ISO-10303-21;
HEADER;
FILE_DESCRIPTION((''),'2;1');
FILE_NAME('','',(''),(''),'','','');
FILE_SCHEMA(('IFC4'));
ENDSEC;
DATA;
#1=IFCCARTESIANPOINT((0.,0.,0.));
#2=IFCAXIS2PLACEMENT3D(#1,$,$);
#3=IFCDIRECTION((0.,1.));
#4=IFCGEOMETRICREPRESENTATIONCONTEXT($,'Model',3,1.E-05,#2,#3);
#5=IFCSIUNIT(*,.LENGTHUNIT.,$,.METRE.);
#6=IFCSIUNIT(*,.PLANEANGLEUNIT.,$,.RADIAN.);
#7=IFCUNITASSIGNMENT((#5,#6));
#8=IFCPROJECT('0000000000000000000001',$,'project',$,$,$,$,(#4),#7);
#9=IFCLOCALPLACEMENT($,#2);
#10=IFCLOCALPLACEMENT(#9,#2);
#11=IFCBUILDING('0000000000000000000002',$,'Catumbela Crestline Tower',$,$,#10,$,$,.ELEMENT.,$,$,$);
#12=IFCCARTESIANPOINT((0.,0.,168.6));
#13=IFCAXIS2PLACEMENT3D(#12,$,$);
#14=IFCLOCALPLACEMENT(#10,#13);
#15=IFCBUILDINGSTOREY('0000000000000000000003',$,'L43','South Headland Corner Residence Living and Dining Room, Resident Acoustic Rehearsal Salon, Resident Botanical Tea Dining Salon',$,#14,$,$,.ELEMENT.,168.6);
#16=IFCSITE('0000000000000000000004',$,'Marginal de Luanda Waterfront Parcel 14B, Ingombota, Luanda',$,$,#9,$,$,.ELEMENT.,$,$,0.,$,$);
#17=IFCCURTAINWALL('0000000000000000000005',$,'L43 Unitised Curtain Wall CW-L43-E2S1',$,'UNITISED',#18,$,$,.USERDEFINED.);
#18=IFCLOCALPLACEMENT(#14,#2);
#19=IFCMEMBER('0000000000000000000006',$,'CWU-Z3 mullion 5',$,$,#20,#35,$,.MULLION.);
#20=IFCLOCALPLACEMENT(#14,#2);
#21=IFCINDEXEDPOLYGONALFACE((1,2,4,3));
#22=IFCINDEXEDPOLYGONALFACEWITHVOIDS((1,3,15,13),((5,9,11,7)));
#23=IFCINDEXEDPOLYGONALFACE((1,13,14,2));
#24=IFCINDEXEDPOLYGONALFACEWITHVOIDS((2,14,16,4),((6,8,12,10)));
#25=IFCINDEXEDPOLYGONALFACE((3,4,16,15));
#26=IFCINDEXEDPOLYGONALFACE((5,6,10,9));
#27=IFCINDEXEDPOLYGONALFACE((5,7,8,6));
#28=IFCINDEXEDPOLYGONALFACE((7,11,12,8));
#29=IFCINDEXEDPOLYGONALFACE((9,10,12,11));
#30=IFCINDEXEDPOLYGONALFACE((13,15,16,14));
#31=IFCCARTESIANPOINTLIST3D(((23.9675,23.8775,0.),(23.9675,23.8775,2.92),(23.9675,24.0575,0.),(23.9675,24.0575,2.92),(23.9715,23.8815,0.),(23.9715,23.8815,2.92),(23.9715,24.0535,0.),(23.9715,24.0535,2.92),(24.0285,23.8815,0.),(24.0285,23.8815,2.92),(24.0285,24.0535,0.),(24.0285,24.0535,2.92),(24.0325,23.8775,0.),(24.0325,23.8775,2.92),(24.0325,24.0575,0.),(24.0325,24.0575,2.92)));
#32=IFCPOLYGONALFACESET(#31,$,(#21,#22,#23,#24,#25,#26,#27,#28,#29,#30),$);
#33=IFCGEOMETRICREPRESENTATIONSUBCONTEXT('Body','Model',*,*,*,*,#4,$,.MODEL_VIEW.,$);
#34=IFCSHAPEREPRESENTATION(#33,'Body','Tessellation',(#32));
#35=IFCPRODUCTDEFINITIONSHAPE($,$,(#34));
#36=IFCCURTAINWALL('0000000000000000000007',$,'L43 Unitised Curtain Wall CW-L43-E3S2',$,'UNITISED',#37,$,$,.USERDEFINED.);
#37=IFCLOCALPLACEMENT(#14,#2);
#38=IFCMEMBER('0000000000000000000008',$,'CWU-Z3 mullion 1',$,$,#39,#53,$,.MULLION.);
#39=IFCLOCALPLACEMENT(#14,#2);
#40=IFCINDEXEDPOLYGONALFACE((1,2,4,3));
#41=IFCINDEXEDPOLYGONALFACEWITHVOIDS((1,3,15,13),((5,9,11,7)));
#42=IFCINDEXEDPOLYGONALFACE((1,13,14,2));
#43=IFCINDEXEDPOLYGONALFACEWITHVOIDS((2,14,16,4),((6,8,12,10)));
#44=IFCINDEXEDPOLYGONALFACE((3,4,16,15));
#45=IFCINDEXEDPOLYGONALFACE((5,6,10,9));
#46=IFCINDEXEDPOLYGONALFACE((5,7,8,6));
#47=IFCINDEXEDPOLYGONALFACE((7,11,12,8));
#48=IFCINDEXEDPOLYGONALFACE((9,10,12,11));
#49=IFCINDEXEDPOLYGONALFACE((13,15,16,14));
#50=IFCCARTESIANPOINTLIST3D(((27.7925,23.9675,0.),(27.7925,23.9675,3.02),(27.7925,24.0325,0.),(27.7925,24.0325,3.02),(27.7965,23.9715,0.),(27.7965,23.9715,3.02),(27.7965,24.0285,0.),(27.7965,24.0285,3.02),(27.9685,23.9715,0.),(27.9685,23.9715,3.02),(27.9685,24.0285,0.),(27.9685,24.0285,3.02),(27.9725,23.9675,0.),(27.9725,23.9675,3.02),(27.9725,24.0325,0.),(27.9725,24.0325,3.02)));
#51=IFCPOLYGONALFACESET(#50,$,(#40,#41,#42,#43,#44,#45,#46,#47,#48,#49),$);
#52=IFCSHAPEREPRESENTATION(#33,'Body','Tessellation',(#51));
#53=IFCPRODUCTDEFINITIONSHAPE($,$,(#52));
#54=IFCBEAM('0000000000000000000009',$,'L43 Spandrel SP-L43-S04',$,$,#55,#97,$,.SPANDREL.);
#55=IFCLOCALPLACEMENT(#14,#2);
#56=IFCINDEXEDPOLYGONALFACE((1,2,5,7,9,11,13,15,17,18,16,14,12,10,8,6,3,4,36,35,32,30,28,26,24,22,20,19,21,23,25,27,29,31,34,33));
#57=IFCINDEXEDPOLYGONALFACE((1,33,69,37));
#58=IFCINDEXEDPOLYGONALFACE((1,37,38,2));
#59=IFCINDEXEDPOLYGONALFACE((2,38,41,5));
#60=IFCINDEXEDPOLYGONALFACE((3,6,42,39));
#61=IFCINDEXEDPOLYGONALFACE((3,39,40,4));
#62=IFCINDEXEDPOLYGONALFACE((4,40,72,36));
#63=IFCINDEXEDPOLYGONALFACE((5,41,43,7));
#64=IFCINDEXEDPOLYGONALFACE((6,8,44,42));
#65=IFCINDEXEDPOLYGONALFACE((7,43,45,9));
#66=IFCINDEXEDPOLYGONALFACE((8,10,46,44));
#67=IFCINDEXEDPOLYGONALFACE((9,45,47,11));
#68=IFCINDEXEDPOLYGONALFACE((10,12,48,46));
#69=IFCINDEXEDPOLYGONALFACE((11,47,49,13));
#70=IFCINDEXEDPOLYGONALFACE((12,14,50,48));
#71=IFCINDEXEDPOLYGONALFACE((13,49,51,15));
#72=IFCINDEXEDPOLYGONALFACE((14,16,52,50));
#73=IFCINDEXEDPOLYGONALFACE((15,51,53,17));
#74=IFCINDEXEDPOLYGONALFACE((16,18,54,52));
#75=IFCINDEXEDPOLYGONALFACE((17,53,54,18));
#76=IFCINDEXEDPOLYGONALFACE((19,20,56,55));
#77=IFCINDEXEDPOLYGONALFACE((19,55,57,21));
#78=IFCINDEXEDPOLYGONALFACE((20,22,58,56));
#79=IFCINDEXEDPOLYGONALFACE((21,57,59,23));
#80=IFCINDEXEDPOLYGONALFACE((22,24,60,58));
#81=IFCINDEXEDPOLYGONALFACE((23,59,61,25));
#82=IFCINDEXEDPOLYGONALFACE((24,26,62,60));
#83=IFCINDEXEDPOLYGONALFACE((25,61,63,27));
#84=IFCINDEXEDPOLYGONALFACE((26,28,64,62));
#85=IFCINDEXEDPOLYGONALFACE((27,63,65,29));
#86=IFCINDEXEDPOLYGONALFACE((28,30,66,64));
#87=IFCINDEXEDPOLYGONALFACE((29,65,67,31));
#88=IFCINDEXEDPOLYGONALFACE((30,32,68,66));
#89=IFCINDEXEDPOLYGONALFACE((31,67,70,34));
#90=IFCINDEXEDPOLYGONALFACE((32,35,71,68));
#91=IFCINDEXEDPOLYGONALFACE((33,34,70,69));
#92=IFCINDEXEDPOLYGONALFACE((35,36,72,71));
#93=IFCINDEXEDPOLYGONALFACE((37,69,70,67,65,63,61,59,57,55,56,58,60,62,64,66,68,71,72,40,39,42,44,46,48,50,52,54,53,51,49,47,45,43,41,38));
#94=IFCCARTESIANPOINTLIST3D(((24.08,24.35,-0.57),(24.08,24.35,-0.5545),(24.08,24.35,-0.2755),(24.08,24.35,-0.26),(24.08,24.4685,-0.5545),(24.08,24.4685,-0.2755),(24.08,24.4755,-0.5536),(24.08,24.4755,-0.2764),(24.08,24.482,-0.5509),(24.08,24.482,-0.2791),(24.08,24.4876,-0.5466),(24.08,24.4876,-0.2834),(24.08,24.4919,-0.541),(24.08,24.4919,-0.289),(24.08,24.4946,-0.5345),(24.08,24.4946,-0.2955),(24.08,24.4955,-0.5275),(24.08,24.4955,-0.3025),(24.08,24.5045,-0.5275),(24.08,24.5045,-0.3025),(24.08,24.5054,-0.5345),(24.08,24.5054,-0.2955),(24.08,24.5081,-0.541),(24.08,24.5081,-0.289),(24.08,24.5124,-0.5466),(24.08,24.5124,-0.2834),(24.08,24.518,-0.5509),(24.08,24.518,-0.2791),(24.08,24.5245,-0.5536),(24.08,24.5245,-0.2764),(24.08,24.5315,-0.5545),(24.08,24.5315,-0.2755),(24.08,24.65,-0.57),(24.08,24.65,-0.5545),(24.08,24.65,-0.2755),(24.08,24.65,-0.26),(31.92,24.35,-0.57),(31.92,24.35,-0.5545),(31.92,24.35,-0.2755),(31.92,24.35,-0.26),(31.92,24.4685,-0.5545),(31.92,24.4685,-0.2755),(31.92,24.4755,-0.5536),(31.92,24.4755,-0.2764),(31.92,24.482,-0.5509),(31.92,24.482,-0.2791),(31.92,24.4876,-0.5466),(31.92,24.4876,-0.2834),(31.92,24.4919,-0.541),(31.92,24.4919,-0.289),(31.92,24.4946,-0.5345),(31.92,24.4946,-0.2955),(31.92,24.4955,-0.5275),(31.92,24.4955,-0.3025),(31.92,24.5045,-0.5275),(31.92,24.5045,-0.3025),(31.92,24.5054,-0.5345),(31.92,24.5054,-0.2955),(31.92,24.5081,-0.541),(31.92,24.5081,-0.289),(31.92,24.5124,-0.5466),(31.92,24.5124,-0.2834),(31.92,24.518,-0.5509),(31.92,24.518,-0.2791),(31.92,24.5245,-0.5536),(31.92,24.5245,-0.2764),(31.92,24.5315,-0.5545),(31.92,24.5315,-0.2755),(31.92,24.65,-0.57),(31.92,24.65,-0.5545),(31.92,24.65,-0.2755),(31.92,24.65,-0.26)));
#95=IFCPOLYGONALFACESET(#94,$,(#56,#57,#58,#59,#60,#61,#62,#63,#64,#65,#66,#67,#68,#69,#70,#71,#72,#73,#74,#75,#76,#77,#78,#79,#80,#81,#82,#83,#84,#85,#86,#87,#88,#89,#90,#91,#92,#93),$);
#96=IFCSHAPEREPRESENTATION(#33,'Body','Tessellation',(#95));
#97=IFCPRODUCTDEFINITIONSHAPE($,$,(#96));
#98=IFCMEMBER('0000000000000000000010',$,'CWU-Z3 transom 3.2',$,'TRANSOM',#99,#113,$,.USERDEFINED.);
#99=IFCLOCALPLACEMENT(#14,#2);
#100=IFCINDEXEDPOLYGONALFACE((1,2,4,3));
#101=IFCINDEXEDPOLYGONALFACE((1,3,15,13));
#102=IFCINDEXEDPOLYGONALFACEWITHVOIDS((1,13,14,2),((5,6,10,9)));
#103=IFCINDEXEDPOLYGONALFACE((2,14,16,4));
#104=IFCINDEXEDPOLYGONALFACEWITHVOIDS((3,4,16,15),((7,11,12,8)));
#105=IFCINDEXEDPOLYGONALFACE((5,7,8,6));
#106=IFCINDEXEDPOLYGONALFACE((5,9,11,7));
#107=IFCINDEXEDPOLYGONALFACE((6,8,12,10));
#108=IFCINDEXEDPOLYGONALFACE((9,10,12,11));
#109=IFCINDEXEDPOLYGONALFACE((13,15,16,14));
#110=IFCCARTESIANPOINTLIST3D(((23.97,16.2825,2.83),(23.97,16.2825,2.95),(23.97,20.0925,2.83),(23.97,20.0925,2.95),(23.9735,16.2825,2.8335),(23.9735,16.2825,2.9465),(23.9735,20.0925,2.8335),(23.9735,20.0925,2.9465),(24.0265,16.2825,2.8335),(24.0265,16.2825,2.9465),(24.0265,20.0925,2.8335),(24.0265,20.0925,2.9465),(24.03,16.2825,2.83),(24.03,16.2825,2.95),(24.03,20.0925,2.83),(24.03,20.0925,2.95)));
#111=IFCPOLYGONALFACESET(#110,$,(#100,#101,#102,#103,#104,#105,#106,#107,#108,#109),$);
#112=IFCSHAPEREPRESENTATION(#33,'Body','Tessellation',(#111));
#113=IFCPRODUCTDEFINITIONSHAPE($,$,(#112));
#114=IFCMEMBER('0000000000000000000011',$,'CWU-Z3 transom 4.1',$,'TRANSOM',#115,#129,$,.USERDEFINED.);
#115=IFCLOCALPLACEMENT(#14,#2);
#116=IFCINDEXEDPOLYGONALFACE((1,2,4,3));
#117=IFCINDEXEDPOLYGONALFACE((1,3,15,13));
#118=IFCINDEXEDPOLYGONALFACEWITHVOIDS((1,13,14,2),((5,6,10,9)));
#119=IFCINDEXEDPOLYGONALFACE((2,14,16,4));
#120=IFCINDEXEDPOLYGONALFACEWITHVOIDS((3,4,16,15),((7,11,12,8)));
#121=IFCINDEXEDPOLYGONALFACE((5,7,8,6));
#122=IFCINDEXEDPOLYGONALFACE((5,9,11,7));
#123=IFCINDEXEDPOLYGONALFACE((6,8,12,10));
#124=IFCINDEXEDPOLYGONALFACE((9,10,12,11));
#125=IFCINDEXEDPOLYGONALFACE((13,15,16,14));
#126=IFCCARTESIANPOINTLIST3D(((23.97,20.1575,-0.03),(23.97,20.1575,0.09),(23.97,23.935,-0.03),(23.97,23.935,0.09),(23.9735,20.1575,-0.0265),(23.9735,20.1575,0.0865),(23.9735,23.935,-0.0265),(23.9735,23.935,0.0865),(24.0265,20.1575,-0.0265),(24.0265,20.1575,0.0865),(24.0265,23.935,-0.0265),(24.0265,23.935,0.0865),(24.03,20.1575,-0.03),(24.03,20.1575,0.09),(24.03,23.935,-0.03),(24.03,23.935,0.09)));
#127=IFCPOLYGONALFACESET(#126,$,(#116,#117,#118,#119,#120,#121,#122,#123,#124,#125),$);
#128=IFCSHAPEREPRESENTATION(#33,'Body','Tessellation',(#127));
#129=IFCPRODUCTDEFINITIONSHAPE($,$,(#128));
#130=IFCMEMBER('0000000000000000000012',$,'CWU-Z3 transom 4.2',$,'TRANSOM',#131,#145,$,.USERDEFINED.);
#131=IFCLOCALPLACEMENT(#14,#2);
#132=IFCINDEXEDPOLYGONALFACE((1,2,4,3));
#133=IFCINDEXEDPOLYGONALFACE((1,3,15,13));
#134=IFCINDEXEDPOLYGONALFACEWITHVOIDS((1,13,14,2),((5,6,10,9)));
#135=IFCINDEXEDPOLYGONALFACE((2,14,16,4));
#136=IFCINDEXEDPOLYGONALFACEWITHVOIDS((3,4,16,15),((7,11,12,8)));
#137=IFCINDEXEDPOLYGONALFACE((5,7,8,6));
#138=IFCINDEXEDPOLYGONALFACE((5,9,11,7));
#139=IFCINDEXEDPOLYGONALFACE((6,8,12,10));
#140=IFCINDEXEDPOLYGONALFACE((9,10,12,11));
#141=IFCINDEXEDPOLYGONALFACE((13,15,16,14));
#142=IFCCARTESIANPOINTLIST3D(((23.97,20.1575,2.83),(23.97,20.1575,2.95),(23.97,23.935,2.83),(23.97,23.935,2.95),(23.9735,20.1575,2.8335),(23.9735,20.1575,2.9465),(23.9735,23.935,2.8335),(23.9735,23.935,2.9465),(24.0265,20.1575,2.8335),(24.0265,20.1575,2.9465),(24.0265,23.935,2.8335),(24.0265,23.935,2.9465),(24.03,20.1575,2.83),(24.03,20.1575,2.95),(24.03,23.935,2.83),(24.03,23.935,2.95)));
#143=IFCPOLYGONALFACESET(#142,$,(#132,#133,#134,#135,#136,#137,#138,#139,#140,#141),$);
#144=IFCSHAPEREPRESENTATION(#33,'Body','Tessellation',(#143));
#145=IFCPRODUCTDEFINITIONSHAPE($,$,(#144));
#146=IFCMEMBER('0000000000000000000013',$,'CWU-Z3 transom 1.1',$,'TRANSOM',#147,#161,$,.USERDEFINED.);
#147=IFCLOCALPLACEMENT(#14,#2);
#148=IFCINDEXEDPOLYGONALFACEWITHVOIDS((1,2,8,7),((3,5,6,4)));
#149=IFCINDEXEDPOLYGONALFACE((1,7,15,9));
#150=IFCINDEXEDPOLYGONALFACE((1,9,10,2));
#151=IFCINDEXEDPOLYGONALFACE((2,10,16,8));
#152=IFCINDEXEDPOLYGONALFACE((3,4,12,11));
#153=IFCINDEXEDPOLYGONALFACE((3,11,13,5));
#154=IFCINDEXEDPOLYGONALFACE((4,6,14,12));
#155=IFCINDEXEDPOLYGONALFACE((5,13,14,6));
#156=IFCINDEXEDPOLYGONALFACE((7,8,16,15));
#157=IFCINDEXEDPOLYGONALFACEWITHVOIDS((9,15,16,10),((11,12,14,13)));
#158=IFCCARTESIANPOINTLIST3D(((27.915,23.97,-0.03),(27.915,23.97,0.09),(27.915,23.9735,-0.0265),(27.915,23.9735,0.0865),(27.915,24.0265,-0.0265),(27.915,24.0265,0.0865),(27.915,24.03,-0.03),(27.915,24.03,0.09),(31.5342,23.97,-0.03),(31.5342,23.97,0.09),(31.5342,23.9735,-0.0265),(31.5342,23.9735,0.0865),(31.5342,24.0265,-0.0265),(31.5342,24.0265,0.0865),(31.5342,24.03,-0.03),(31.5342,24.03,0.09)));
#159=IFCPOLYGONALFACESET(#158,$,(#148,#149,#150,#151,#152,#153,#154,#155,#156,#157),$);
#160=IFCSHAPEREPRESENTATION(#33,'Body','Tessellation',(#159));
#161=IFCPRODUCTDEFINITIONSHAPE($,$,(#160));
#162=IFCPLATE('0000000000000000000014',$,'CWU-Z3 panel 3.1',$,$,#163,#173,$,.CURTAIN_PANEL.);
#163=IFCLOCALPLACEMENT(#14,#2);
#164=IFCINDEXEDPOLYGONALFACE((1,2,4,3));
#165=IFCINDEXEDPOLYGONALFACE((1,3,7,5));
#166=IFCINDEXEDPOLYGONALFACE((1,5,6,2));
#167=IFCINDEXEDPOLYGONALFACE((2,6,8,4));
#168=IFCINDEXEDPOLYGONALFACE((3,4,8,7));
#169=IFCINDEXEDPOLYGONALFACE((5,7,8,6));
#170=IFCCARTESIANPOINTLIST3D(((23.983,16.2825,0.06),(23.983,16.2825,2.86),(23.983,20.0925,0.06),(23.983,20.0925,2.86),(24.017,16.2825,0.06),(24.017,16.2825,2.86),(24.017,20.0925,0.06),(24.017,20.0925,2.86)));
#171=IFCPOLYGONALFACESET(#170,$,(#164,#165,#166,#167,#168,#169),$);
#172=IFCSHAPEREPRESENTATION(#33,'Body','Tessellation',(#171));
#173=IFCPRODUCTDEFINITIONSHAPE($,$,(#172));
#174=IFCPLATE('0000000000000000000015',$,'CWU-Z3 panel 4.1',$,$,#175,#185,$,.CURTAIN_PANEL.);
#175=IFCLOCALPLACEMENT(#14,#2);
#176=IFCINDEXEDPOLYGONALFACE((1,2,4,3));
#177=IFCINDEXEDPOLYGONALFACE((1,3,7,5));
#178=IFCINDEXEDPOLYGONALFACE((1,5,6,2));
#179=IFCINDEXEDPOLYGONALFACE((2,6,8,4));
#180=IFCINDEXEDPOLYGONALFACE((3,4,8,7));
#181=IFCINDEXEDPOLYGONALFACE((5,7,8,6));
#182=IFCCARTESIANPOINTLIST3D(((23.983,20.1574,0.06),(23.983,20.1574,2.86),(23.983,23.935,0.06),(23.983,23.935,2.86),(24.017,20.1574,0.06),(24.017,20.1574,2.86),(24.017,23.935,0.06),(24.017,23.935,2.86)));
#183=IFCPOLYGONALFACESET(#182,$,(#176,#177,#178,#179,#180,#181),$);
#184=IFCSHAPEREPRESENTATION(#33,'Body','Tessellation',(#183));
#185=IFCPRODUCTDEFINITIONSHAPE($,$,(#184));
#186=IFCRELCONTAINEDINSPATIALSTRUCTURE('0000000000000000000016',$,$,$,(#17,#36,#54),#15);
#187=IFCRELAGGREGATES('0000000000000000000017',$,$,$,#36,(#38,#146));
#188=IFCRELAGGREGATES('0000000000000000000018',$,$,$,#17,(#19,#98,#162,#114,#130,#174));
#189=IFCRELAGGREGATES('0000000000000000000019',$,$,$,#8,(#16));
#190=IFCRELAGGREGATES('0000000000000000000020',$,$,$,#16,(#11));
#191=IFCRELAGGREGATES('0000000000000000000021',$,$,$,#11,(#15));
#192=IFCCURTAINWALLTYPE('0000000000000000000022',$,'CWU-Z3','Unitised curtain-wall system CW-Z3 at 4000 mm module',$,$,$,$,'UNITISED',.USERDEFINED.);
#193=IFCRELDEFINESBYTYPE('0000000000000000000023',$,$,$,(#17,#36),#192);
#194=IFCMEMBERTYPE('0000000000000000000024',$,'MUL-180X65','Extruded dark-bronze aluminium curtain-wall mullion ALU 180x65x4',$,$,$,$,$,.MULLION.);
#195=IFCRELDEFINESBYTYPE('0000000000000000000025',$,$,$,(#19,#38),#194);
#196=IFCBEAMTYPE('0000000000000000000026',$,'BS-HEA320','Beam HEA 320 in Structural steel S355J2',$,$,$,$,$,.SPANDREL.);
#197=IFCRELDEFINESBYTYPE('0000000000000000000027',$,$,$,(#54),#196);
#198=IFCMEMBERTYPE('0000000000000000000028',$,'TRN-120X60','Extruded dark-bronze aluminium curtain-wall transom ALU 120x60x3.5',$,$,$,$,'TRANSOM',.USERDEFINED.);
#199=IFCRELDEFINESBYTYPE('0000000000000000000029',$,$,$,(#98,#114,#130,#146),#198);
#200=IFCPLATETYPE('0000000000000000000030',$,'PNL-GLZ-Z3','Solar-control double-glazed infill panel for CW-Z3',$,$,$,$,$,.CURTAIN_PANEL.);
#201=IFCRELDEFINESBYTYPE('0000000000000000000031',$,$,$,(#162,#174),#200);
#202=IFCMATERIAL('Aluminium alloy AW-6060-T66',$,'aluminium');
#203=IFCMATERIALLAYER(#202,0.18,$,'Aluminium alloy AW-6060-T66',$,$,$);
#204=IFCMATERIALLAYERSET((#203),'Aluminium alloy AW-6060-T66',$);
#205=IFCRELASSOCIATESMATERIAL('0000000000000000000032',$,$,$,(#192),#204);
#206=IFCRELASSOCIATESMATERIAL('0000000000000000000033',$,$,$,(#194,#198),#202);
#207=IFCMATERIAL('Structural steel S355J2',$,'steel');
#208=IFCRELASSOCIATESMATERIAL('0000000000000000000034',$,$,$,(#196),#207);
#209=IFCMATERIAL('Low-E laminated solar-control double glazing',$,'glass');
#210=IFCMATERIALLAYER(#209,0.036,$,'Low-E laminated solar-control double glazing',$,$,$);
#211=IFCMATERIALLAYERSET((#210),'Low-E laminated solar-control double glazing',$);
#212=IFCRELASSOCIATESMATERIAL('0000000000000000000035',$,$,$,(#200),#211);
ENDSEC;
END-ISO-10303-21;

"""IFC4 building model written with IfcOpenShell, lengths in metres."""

from ifc_helpers import new_model, si_unit, direction, frame, origin, origin_2d, place, context, subcontext, project, spatial, rectangle, hollow_rectangle, i_section, extrude, material, layer, layer_set, material_profile, profile_set, type_object, element, aggregate, save


model = new_model("IFC4")

# Units and contexts
model_context = context("Model", 3, precision=1e-05, world=origin(), true_north=direction((0.0, 1.0)))
body_context = subcontext(model_context, "Body", "Model", "MODEL_VIEW")
ifc_project = project(units=[si_unit("LENGTHUNIT", "METRE"), si_unit("PLANEANGLEUNIT", "RADIAN")], contexts=[model_context])

# Site, building, storey
site_placement = place(None, origin())
site = spatial("IfcSite", under=ifc_project, at=site_placement, Name="Marginal de Luanda Waterfront Parcel 14B, Ingombota, Luanda", CompositionType="ELEMENT", RefElevation=0.0)
building_placement = place(site_placement, origin())
building = spatial("IfcBuilding", under=site, at=building_placement, Name="Catumbela Crestline Tower", CompositionType="ELEMENT")
storey_placement = place(building_placement, frame((0.0, 0.0, 168.6)))
storey = spatial("IfcBuildingStorey", under=building, at=storey_placement, Name="L43", Description="South Headland Corner Residence Living and Dining Room, Resident Acoustic Rehearsal Salon, Resident Botanical Tea Dining Salon", CompositionType="ELEMENT", Elevation=168.6)

# Shared definitions
ifc_material_1 = material(Name="Structural steel S355J2", Category="steel")

# Curtain wall, member
ifc_material_2 = material(Name="Aluminium alloy AW-6060-T66", Category="aluminium")
ifc_layer_1 = layer(ifc_material_2, 0.18, Name="Aluminium alloy AW-6060-T66")
ifc_layer_set_1 = layer_set([ifc_layer_1], Name="Aluminium alloy AW-6060-T66")
curtain_wall_type = type_object("IfcCurtainWallType", Name="CWU-Z3", Description="Unitised curtain-wall system CW-Z3 at 4000 mm module", ElementType="UNITISED", PredefinedType="USERDEFINED", material=ifc_layer_set_1)
curtain_wall_1_placement = place(storey_placement, origin())
curtain_wall_1 = element("IfcCurtainWall", 1, at=curtain_wall_1_placement, inside=storey, type_object=curtain_wall_type, Name="L43 Unitised Curtain Wall CW-L43-E2S1", ObjectType="UNITISED", PredefinedType="USERDEFINED")
ifc_material_profile_1 = material_profile(ifc_material_2, hollow_rectangle(XDim=0.065, YDim=0.18, WallThickness=0.004, at=origin_2d()), Name="ALU 180x65x4")
ifc_profile_set_1 = profile_set([ifc_material_profile_1], Name="Aluminium alloy AW-6060-T66")
member_type_1 = type_object("IfcMemberType", Name="MUL-180X65", Description="Extruded dark-bronze aluminium curtain-wall mullion ALU 180x65x4", PredefinedType="MULLION", material=ifc_profile_set_1)
member_1_placement = place(storey_placement, frame((24.0, 23.9675, 0.0), z_axis=(0.0, 0.0, 1.0), x_axis=(-1.0, 0.0, 0.0)))
member_1 = element("IfcMember", 2, at=member_1_placement, type_object=member_type_1, Name="CWU-Z3 mullion 5", PredefinedType="MULLION", context=body_context, shape_type="SweptSolid", body=[
    extrude(hollow_rectangle(XDim=0.065, YDim=0.18, WallThickness=0.004, at=origin_2d()), origin(), (0.0, 0.0, 1.0), 2.92),
])

# Curtain wall, member
curtain_wall_2_placement = place(storey_placement, origin())
curtain_wall_2 = element("IfcCurtainWall", 3, at=curtain_wall_2_placement, inside=storey, type_object=curtain_wall_type, Name="L43 Unitised Curtain Wall CW-L43-E3S2", ObjectType="UNITISED", PredefinedType="USERDEFINED")
member_2_placement = place(storey_placement, frame((27.8825, 24.0, 0.0), z_axis=(0.0, 0.0, 1.0), x_axis=(0.0, 1.0, 0.0)))
member_2 = element("IfcMember", 4, at=member_2_placement, type_object=member_type_1, Name="CWU-Z3 mullion 1", PredefinedType="MULLION", context=body_context, shape_type="SweptSolid", body=[
    extrude(hollow_rectangle(XDim=0.065, YDim=0.18, WallThickness=0.004, at=origin_2d()), origin(), (0.0, 0.0, 1.0), 3.02),
])

# Beam
ifc_material_profile_2 = material_profile(ifc_material_1, i_section(OverallWidth=0.3, OverallDepth=0.31, WebThickness=0.009, FlangeThickness=0.0155, FilletRadius=0.027, at=origin_2d()), Name="HEA 320")
ifc_profile_set_2 = profile_set([ifc_material_profile_2], Name="Structural steel S355J2")
beam_type_1 = type_object("IfcBeamType", Name="BS-HEA320", Description="Beam HEA 320 in Structural steel S355J2", PredefinedType="SPANDREL", material=ifc_profile_set_2)
beam_1_placement = place(storey_placement, frame((24.08, 24.5, -0.415), z_axis=(1.0, 0.0, 0.0), x_axis=(0.0, 1.0, 0.0)))
element("IfcBeam", 5, at=beam_1_placement, inside=storey, type_object=beam_type_1, Name="L43 Spandrel SP-L43-S04", PredefinedType="SPANDREL", context=body_context, shape_type="SweptSolid", body=[
    extrude(i_section(OverallWidth=0.3, OverallDepth=0.31, WebThickness=0.009, FlangeThickness=0.0155, FilletRadius=0.027, at=origin_2d()), origin(), (0.0, 0.0, 1.0), 7.84),
])

# Members
ifc_material_profile_3 = material_profile(ifc_material_2, hollow_rectangle(XDim=0.06, YDim=0.12, WallThickness=0.0035, at=origin_2d()), Name="ALU 120x60x3.5")
ifc_profile_set_3 = profile_set([ifc_material_profile_3], Name="Aluminium alloy AW-6060-T66")
member_type_2 = type_object("IfcMemberType", Name="TRN-120X60", Description="Extruded dark-bronze aluminium curtain-wall transom ALU 120x60x3.5", ElementType="TRANSOM", PredefinedType="USERDEFINED", material=ifc_profile_set_3)
member_3_placement = place(storey_placement, frame((24.0, 16.2825, 2.89), z_axis=(0.0, 1.0, 0.0), x_axis=(-1.0, 0.0, 0.0)))
member_3 = element("IfcMember", 6, at=member_3_placement, type_object=member_type_2, Name="CWU-Z3 transom 3.2", ObjectType="TRANSOM", PredefinedType="USERDEFINED", context=body_context, shape_type="SweptSolid", body=[
    extrude(hollow_rectangle(XDim=0.06, YDim=0.12, WallThickness=0.0035, at=origin_2d()), origin(), (0.0, 0.0, 1.0), 3.81),
])
member_4_placement = place(storey_placement, frame((24.0, 20.1575, 0.03), z_axis=(0.0, 1.0, 0.0), x_axis=(-1.0, 0.0, 0.0)))
member_4 = element("IfcMember", 7, at=member_4_placement, type_object=member_type_2, Name="CWU-Z3 transom 4.1", ObjectType="TRANSOM", PredefinedType="USERDEFINED", context=body_context, shape_type="SweptSolid", body=[
    extrude(hollow_rectangle(XDim=0.06, YDim=0.12, WallThickness=0.0035, at=origin_2d()), origin(), (0.0, 0.0, 1.0), 3.7775),
])
member_5_placement = place(storey_placement, frame((24.0, 20.1575, 2.89), z_axis=(0.0, 1.0, 0.0), x_axis=(-1.0, 0.0, 0.0)))
member_5 = element("IfcMember", 8, at=member_5_placement, type_object=member_type_2, Name="CWU-Z3 transom 4.2", ObjectType="TRANSOM", PredefinedType="USERDEFINED", context=body_context, shape_type="SweptSolid", body=[
    extrude(hollow_rectangle(XDim=0.06, YDim=0.12, WallThickness=0.0035, at=origin_2d()), origin(), (0.0, 0.0, 1.0), 3.7775),
])
member_6_placement = place(storey_placement, frame((27.915, 24.0, 0.03), z_axis=(1.0, 0.0, 0.0), x_axis=(0.0, 1.0, 0.0)))
member_6 = element("IfcMember", 9, at=member_6_placement, type_object=member_type_2, Name="CWU-Z3 transom 1.1", ObjectType="TRANSOM", PredefinedType="USERDEFINED", context=body_context, shape_type="SweptSolid", body=[
    extrude(hollow_rectangle(XDim=0.06, YDim=0.12, WallThickness=0.0035, at=origin_2d()), origin(), (0.0, 0.0, 1.0), 3.6192),
])
aggregate(curtain_wall_2, [member_2, member_6])

# Plates
ifc_material_3 = material(Name="Low-E laminated solar-control double glazing", Category="glass")
ifc_layer_2 = layer(ifc_material_3, 0.036, Name="Low-E laminated solar-control double glazing")
ifc_layer_set_2 = layer_set([ifc_layer_2], Name="Low-E laminated solar-control double glazing")
plate_type = type_object("IfcPlateType", Name="PNL-GLZ-Z3", Description="Solar-control double-glazed infill panel for CW-Z3", PredefinedType="CURTAIN_PANEL", material=ifc_layer_set_2)
plate_1_placement = place(storey_placement, frame((24.0, 18.1875, 0.06), z_axis=(0.0, 0.0, 1.0), x_axis=(0.0, 1.0, 0.0)))
plate_1 = element("IfcPlate", 10, at=plate_1_placement, type_object=plate_type, Name="CWU-Z3 panel 3.1", PredefinedType="CURTAIN_PANEL", context=body_context, shape_type="SweptSolid", body=[
    extrude(rectangle(XDim=3.81, YDim=0.034, at=origin_2d()), origin(), (0.0, 0.0, 1.0), 2.8),
])
plate_2_placement = place(storey_placement, frame((24.0, 22.0462, 0.06), z_axis=(0.0, 0.0, 1.0), x_axis=(0.0, 1.0, 0.0)))
plate_2 = element("IfcPlate", 11, at=plate_2_placement, type_object=plate_type, Name="CWU-Z3 panel 4.1", PredefinedType="CURTAIN_PANEL", context=body_context, shape_type="SweptSolid", body=[
    extrude(rectangle(XDim=3.7775, YDim=0.034, at=origin_2d()), origin(), (0.0, 0.0, 1.0), 2.8),
])
aggregate(curtain_wall_1, [member_1, member_3, plate_1, member_4, member_5, plate_2])

save(model, "model.ifc")
